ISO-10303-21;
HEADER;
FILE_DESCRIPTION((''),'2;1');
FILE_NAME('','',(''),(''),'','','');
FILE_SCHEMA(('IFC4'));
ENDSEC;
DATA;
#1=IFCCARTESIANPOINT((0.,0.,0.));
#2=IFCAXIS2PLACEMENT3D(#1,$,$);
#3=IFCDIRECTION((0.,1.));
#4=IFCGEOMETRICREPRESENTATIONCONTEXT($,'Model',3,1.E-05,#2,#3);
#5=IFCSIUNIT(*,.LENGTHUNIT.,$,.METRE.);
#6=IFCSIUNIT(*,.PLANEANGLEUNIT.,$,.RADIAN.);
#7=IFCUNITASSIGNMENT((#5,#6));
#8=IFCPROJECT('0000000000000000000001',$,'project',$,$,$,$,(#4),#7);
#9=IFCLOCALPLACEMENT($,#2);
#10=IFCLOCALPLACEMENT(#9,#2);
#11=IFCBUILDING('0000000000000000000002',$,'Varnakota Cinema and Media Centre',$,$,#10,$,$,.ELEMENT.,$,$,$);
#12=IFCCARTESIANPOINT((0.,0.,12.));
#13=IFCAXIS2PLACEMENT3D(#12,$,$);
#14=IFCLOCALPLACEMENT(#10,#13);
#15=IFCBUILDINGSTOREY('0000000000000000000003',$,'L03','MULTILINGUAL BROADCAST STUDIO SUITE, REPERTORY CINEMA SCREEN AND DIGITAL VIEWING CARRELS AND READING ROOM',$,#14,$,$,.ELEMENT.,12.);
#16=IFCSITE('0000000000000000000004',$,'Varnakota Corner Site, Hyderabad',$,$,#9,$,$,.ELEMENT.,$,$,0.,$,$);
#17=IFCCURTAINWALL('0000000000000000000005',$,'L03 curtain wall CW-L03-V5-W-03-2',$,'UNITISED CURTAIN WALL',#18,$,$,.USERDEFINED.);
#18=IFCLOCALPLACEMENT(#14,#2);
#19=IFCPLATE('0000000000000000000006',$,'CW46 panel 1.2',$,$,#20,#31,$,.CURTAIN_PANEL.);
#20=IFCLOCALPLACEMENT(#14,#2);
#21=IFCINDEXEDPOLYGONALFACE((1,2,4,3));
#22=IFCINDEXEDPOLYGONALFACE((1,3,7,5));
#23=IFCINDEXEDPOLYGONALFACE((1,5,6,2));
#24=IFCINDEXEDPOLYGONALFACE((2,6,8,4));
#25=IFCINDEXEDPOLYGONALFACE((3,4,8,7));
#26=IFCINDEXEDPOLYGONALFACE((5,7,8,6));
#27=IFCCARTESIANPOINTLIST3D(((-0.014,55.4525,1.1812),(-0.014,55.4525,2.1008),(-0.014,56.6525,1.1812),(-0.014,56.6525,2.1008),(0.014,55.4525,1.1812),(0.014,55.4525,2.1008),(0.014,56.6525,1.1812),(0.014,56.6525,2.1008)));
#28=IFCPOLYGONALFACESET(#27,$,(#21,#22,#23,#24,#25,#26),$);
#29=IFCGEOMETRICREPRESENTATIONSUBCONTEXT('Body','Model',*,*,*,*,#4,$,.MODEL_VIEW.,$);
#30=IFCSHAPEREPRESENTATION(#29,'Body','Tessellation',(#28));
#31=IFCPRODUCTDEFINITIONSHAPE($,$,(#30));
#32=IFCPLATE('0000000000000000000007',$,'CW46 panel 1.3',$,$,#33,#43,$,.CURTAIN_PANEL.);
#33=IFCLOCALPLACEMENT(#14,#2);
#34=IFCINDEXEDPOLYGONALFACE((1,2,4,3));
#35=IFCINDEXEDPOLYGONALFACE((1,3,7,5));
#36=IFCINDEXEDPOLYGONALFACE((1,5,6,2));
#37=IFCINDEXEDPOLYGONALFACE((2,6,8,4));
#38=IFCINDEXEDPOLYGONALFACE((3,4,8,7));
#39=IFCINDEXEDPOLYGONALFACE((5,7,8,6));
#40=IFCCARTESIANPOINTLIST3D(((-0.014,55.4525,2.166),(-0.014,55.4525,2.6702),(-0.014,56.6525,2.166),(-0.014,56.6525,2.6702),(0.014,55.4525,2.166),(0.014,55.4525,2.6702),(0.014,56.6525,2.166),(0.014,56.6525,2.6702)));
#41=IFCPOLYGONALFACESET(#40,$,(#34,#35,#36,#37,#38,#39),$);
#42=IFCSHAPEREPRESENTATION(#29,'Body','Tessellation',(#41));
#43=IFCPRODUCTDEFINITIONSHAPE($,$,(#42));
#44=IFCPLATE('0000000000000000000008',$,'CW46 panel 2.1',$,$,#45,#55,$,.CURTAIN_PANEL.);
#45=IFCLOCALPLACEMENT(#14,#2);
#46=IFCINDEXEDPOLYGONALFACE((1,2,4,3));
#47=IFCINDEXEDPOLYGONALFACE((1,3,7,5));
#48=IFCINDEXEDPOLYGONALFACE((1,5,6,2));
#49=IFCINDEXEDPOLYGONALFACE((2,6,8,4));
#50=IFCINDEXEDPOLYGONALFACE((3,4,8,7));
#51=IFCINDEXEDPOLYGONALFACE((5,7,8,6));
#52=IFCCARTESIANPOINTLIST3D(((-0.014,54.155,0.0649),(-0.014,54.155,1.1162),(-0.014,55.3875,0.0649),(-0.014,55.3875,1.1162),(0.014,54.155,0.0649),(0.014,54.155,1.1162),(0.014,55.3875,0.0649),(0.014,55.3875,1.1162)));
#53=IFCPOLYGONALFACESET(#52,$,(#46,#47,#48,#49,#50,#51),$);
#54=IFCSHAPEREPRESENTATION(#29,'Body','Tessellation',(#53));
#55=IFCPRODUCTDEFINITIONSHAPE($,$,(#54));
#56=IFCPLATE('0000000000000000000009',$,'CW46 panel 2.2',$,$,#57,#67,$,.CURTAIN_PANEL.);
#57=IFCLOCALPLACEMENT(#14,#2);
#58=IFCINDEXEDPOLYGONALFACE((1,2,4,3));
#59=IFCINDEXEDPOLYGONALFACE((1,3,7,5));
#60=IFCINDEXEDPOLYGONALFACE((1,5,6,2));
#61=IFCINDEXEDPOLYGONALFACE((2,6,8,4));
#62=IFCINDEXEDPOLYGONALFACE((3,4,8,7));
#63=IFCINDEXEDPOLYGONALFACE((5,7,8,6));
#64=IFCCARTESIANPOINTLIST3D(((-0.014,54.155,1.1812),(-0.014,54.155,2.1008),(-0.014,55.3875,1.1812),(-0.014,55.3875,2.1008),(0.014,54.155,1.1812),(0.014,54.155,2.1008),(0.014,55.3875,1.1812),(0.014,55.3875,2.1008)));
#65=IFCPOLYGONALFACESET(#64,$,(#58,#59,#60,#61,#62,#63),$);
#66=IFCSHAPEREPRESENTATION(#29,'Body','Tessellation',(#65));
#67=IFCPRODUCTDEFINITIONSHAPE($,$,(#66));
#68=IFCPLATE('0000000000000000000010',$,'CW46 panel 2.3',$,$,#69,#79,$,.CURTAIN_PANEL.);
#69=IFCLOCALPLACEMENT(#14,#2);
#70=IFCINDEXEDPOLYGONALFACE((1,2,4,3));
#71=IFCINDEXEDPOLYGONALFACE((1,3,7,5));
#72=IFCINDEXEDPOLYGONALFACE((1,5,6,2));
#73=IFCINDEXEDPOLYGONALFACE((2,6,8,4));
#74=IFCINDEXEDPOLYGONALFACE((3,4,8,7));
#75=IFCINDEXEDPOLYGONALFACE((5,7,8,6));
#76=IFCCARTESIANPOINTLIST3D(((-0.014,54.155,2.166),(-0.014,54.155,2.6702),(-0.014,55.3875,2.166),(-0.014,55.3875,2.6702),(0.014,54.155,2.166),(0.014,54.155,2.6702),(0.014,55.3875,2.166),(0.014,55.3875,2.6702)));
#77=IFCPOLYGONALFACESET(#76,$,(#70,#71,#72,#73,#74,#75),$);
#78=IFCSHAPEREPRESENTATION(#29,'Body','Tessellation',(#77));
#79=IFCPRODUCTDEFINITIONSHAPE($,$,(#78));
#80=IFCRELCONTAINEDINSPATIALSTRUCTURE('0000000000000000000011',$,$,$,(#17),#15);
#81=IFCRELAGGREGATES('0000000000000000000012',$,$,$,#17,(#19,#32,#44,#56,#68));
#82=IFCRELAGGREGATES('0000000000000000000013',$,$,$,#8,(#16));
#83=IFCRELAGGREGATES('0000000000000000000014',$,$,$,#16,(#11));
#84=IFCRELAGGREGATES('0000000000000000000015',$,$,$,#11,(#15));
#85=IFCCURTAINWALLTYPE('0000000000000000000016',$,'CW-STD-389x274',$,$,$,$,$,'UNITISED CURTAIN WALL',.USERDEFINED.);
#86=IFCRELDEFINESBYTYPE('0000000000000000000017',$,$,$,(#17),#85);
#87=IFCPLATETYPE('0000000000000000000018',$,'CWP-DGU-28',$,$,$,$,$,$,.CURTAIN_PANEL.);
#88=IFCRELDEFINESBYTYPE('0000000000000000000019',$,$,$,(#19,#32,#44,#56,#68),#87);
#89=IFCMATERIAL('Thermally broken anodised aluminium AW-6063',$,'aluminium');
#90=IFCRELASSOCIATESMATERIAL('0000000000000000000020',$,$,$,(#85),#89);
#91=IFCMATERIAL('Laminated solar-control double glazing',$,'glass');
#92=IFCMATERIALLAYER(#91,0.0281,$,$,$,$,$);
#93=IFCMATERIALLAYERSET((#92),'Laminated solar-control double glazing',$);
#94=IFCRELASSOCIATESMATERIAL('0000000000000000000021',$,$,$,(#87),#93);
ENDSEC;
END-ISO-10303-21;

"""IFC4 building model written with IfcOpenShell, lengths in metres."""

from ifc_helpers import new_model, si_unit, direction, frame, origin, origin_2d, place, context, subcontext, project, spatial, rectangle, extrude, material, layer, layer_set, type_object, element, aggregate, save


model = new_model("IFC4")

# Units and contexts
model_context = context("Model", 3, precision=1e-05, world=origin(), true_north=direction((0.0, 1.0)))
body_context = subcontext(model_context, "Body", "Model", "MODEL_VIEW")
ifc_project = project(units=[si_unit("LENGTHUNIT", "METRE"), si_unit("PLANEANGLEUNIT", "RADIAN")], contexts=[model_context])

# Site, building, storey
site_placement = place(None, origin())
site = spatial("IfcSite", under=ifc_project, at=site_placement, Name="Varnakota Corner Site, Hyderabad", CompositionType="ELEMENT", RefElevation=0.0)
building_placement = place(site_placement, origin())
building = spatial("IfcBuilding", under=site, at=building_placement, Name="Varnakota Cinema and Media Centre", CompositionType="ELEMENT")
storey_placement = place(building_placement, frame((0.0, 0.0, 12.0)))
storey = spatial("IfcBuildingStorey", under=building, at=storey_placement, Name="L03", Description="MULTILINGUAL BROADCAST STUDIO SUITE, REPERTORY CINEMA SCREEN AND DIGITAL VIEWING CARRELS AND READING ROOM", CompositionType="ELEMENT", Elevation=12.0)

# Shared definitions
ifc_material_1 = material(Name="Thermally broken anodised aluminium AW-6063", Category="aluminium")
curtain_wall_type = type_object("IfcCurtainWallType", Name="CW-STD-389x274", ElementType="UNITISED CURTAIN WALL", PredefinedType="USERDEFINED", material=ifc_material_1)

# Curtain wall
curtain_wall_1_placement = place(storey_placement, origin())
curtain_wall_1 = element("IfcCurtainWall", 1, at=curtain_wall_1_placement, inside=storey, type_object=curtain_wall_type, Name="L03 curtain wall CW-L03-V5-W-03-2", ObjectType="UNITISED CURTAIN WALL", PredefinedType="USERDEFINED")

# Plates
ifc_material_2 = material(Name="Laminated solar-control double glazing", Category="glass")
ifc_layer = layer(ifc_material_2, 0.0281)
ifc_layer_set = layer_set([ifc_layer], Name="Laminated solar-control double glazing")
plate_type = type_object("IfcPlateType", Name="CWP-DGU-28", PredefinedType="CURTAIN_PANEL", material=ifc_layer_set)
plate_1_placement = place(storey_placement, frame((0.0, 56.0525, 1.1812), z_axis=(0.0, 0.0, 1.0), x_axis=(0.0, -1.0, 0.0)))
plate_1 = element("IfcPlate", 2, at=plate_1_placement, type_object=plate_type, Name="CW46 panel 1.2", PredefinedType="CURTAIN_PANEL", context=body_context, shape_type="SweptSolid", body=[
    extrude(rectangle(XDim=1.2, YDim=0.0281, at=origin_2d()), origin(), (0.0, 0.0, 1.0), 0.9197),
])
plate_2_placement = place(storey_placement, frame((0.0, 56.0525, 2.166), z_axis=(0.0, 0.0, 1.0), x_axis=(0.0, -1.0, 0.0)))
plate_2 = element("IfcPlate", 3, at=plate_2_placement, type_object=plate_type, Name="CW46 panel 1.3", PredefinedType="CURTAIN_PANEL", context=body_context, shape_type="SweptSolid", body=[
    extrude(rectangle(XDim=1.2, YDim=0.0281, at=origin_2d()), origin(), (0.0, 0.0, 1.0), 0.5042),
])
plate_3_placement = place(storey_placement, frame((0.0, 54.7712, 0.0649), z_axis=(0.0, 0.0, 1.0), x_axis=(0.0, -1.0, 0.0)))
plate_3 = element("IfcPlate", 4, at=plate_3_placement, type_object=plate_type, Name="CW46 panel 2.1", PredefinedType="CURTAIN_PANEL", context=body_context, shape_type="SweptSolid", body=[
    extrude(rectangle(XDim=1.2324, YDim=0.0281, at=origin_2d()), origin(), (0.0, 0.0, 1.0), 1.0513),
])
plate_4_placement = place(storey_placement, frame((0.0, 54.7712, 1.1812), z_axis=(0.0, 0.0, 1.0), x_axis=(0.0, -1.0, 0.0)))
plate_4 = element("IfcPlate", 5, at=plate_4_placement, type_object=plate_type, Name="CW46 panel 2.2", PredefinedType="CURTAIN_PANEL", context=body_context, shape_type="SweptSolid", body=[
    extrude(rectangle(XDim=1.2324, YDim=0.0281, at=origin_2d()), origin(), (0.0, 0.0, 1.0), 0.9197),
])
plate_5_placement = place(storey_placement, frame((0.0, 54.7712, 2.166), z_axis=(0.0, 0.0, 1.0), x_axis=(0.0, -1.0, 0.0)))
plate_5 = element("IfcPlate", 6, at=plate_5_placement, type_object=plate_type, Name="CW46 panel 2.3", PredefinedType="CURTAIN_PANEL", context=body_context, shape_type="SweptSolid", body=[
    extrude(rectangle(XDim=1.2324, YDim=0.0281, at=origin_2d()), origin(), (0.0, 0.0, 1.0), 0.5042),
])
aggregate(curtain_wall_1, [plate_1, plate_2, plate_3, plate_4, plate_5])

save(model, "model.ifc")
